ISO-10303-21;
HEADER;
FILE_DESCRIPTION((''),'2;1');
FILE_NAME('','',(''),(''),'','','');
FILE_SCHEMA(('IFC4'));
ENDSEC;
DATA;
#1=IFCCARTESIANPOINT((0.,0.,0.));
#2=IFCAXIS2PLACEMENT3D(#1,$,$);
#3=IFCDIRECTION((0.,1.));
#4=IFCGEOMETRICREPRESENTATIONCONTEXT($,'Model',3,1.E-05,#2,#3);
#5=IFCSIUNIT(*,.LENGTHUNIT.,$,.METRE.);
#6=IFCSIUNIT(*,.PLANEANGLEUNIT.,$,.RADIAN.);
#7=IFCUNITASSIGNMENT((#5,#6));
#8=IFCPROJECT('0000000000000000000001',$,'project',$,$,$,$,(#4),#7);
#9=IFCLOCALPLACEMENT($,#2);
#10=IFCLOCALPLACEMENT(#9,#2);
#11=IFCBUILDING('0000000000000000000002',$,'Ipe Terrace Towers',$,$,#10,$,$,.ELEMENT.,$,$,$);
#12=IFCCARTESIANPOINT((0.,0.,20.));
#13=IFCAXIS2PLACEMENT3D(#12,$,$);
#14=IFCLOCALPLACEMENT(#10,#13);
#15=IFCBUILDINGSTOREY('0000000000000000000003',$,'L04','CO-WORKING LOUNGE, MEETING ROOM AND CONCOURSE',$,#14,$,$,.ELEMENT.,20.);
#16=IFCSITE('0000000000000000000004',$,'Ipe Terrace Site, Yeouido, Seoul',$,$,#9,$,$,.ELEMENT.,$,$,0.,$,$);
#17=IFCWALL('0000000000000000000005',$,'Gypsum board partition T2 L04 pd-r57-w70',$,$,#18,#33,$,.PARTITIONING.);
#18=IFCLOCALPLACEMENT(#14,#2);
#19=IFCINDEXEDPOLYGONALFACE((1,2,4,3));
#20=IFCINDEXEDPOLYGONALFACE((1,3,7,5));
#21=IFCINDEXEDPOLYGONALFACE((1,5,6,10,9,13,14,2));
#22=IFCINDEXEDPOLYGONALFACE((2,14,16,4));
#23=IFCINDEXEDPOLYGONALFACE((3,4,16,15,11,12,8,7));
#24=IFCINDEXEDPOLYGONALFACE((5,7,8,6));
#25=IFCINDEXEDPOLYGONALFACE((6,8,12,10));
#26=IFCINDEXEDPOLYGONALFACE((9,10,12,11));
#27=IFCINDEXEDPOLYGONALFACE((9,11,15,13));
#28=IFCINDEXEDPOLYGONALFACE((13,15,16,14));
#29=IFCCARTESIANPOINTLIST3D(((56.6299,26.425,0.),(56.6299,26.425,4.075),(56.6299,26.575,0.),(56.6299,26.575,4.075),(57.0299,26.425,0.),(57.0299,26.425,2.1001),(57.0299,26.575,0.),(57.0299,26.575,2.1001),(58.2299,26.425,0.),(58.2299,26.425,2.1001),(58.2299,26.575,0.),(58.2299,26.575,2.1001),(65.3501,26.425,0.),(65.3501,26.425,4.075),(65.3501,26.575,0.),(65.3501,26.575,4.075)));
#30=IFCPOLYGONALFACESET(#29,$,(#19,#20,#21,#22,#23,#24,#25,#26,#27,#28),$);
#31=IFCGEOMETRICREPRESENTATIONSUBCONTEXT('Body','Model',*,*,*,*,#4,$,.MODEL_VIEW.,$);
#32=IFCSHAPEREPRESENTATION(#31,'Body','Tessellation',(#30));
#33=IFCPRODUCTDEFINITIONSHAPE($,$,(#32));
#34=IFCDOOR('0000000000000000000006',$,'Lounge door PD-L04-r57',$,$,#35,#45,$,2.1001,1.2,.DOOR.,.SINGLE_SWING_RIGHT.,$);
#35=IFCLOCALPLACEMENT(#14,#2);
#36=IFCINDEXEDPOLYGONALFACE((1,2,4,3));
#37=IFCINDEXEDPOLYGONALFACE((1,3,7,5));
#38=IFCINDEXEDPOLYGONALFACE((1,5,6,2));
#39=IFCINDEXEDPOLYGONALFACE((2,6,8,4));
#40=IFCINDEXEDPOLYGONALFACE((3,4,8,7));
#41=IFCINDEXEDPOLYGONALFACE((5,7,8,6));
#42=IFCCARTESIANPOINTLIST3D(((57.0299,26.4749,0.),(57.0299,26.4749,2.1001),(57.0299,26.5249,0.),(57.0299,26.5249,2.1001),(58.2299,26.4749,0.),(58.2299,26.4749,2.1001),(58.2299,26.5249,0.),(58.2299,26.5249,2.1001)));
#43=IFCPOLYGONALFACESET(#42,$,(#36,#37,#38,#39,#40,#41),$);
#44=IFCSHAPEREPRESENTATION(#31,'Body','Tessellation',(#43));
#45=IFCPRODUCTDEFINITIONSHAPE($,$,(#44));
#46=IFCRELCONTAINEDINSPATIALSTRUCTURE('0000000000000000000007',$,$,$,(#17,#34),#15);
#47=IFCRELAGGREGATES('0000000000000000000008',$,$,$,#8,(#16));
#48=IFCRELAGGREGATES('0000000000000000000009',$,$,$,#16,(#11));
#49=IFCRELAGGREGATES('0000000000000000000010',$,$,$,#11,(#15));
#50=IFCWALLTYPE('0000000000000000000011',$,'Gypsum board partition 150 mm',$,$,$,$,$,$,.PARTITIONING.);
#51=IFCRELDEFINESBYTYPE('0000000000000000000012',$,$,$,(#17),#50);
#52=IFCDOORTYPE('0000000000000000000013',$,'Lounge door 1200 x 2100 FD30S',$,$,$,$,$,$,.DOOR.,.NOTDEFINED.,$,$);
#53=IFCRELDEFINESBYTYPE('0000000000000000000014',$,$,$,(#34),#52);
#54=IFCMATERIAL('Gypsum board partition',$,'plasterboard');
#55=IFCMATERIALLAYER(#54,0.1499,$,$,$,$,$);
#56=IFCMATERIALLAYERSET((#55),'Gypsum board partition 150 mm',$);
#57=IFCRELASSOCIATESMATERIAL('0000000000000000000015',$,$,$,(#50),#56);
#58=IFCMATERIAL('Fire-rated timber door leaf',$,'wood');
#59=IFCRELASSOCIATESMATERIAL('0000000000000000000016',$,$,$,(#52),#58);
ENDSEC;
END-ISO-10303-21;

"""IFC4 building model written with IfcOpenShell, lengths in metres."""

from ifc_helpers import new_model, si_unit, direction, frame, frame_2d, origin, place, context, subcontext, project, spatial, rectangle, extrude, material, layer, layer_set, type_object, element, fill, save


model = new_model("IFC4")

# Units and contexts
model_context = context("Model", 3, precision=1e-05, world=origin(), true_north=direction((0.0, 1.0)))
body_context = subcontext(model_context, "Body", "Model", "MODEL_VIEW")
ifc_project = project(units=[si_unit("LENGTHUNIT", "METRE"), si_unit("PLANEANGLEUNIT", "RADIAN")], contexts=[model_context])

# Site, building, storey
site_placement = place(None, origin())
site = spatial("IfcSite", under=ifc_project, at=site_placement, Name="Ipe Terrace Site, Yeouido, Seoul", CompositionType="ELEMENT", RefElevation=0.0)
building_placement = place(site_placement, origin())
building = spatial("IfcBuilding", under=site, at=building_placement, Name="Ipe Terrace Towers", CompositionType="ELEMENT")
storey_placement = place(building_placement, frame((0.0, 0.0, 20.0)))
storey = spatial("IfcBuildingStorey", under=building, at=storey_placement, Name="L04", Description="CO-WORKING LOUNGE, MEETING ROOM AND CONCOURSE", CompositionType="ELEMENT", Elevation=20.0)

# Shared definitions
ifc_material_1 = material(Name="Gypsum board partition", Category="plasterboard")
ifc_layer_1 = layer(ifc_material_1, 0.1499)
ifc_layer_set_1 = layer_set([ifc_layer_1], Name="Gypsum board partition 150 mm")
wall_type = type_object("IfcWallType", Name="Gypsum board partition 150 mm", PredefinedType="PARTITIONING", material=ifc_layer_set_1)

# Wall, opening, door
wall_1_placement = place(storey_placement, frame((56.6299, 26.5, 0.0), z_axis=(0.0, 0.0, 1.0), x_axis=(1.0, 0.0, 0.0)))
wall_1 = element("IfcWall", 1, at=wall_1_placement, inside=storey, type_object=wall_type, Name="Gypsum board partition T2 L04 pd-r57-w70", PredefinedType="PARTITIONING", context=body_context, shape_type="SweptSolid", body=[
    extrude(rectangle(XDim=8.7202, YDim=0.1499, at=frame_2d((4.3601, 0.0))), origin(), (0.0, 0.0, 1.0), 4.075),
])
opening_1_placement = place(wall_1_placement, frame((0.3999, 0.0, 0.0)))
opening_1 = element("IfcOpeningElement", 2, at=opening_1_placement, cuts=wall_1, PredefinedType="OPENING", context=body_context, shape_type="SweptSolid", body=[
    extrude(rectangle(XDim=1.2, YDim=2.1001, at=frame_2d((0.6001, 1.05))), frame((0.0, 0.085, 0.0), z_axis=(0.0, -1.0, 0.0), x_axis=(1.0, 0.0, 0.0)), (0.0, 0.0, 1.0), 0.1699),
])
ifc_material_2 = material(Name="Fire-rated timber door leaf", Category="wood")
door_type_1 = type_object("IfcDoorType", Name="Lounge door 1200 x 2100 FD30S", OperationType="NOTDEFINED", PredefinedType="DOOR", material=ifc_material_2)
door_1_placement = place(opening_1_placement, origin())
door_1 = element("IfcDoor", 3, at=door_1_placement, inside=storey, type_object=door_type_1, Name="Lounge door PD-L04-r57", OperationType="SINGLE_SWING_RIGHT", OverallHeight=2.1001, OverallWidth=1.2, PredefinedType="DOOR", context=body_context, shape_type="SweptSolid", body=[
    extrude(rectangle(XDim=1.2, YDim=2.1001, at=frame_2d((0.6001, 1.05))), frame((0.0, 0.0249, 0.0), z_axis=(0.0, -1.0, 0.0), x_axis=(1.0, 0.0, 0.0)), (0.0, 0.0, 1.0), 0.05),
])
fill(opening_1, door_1)

save(model, "model.ifc")
